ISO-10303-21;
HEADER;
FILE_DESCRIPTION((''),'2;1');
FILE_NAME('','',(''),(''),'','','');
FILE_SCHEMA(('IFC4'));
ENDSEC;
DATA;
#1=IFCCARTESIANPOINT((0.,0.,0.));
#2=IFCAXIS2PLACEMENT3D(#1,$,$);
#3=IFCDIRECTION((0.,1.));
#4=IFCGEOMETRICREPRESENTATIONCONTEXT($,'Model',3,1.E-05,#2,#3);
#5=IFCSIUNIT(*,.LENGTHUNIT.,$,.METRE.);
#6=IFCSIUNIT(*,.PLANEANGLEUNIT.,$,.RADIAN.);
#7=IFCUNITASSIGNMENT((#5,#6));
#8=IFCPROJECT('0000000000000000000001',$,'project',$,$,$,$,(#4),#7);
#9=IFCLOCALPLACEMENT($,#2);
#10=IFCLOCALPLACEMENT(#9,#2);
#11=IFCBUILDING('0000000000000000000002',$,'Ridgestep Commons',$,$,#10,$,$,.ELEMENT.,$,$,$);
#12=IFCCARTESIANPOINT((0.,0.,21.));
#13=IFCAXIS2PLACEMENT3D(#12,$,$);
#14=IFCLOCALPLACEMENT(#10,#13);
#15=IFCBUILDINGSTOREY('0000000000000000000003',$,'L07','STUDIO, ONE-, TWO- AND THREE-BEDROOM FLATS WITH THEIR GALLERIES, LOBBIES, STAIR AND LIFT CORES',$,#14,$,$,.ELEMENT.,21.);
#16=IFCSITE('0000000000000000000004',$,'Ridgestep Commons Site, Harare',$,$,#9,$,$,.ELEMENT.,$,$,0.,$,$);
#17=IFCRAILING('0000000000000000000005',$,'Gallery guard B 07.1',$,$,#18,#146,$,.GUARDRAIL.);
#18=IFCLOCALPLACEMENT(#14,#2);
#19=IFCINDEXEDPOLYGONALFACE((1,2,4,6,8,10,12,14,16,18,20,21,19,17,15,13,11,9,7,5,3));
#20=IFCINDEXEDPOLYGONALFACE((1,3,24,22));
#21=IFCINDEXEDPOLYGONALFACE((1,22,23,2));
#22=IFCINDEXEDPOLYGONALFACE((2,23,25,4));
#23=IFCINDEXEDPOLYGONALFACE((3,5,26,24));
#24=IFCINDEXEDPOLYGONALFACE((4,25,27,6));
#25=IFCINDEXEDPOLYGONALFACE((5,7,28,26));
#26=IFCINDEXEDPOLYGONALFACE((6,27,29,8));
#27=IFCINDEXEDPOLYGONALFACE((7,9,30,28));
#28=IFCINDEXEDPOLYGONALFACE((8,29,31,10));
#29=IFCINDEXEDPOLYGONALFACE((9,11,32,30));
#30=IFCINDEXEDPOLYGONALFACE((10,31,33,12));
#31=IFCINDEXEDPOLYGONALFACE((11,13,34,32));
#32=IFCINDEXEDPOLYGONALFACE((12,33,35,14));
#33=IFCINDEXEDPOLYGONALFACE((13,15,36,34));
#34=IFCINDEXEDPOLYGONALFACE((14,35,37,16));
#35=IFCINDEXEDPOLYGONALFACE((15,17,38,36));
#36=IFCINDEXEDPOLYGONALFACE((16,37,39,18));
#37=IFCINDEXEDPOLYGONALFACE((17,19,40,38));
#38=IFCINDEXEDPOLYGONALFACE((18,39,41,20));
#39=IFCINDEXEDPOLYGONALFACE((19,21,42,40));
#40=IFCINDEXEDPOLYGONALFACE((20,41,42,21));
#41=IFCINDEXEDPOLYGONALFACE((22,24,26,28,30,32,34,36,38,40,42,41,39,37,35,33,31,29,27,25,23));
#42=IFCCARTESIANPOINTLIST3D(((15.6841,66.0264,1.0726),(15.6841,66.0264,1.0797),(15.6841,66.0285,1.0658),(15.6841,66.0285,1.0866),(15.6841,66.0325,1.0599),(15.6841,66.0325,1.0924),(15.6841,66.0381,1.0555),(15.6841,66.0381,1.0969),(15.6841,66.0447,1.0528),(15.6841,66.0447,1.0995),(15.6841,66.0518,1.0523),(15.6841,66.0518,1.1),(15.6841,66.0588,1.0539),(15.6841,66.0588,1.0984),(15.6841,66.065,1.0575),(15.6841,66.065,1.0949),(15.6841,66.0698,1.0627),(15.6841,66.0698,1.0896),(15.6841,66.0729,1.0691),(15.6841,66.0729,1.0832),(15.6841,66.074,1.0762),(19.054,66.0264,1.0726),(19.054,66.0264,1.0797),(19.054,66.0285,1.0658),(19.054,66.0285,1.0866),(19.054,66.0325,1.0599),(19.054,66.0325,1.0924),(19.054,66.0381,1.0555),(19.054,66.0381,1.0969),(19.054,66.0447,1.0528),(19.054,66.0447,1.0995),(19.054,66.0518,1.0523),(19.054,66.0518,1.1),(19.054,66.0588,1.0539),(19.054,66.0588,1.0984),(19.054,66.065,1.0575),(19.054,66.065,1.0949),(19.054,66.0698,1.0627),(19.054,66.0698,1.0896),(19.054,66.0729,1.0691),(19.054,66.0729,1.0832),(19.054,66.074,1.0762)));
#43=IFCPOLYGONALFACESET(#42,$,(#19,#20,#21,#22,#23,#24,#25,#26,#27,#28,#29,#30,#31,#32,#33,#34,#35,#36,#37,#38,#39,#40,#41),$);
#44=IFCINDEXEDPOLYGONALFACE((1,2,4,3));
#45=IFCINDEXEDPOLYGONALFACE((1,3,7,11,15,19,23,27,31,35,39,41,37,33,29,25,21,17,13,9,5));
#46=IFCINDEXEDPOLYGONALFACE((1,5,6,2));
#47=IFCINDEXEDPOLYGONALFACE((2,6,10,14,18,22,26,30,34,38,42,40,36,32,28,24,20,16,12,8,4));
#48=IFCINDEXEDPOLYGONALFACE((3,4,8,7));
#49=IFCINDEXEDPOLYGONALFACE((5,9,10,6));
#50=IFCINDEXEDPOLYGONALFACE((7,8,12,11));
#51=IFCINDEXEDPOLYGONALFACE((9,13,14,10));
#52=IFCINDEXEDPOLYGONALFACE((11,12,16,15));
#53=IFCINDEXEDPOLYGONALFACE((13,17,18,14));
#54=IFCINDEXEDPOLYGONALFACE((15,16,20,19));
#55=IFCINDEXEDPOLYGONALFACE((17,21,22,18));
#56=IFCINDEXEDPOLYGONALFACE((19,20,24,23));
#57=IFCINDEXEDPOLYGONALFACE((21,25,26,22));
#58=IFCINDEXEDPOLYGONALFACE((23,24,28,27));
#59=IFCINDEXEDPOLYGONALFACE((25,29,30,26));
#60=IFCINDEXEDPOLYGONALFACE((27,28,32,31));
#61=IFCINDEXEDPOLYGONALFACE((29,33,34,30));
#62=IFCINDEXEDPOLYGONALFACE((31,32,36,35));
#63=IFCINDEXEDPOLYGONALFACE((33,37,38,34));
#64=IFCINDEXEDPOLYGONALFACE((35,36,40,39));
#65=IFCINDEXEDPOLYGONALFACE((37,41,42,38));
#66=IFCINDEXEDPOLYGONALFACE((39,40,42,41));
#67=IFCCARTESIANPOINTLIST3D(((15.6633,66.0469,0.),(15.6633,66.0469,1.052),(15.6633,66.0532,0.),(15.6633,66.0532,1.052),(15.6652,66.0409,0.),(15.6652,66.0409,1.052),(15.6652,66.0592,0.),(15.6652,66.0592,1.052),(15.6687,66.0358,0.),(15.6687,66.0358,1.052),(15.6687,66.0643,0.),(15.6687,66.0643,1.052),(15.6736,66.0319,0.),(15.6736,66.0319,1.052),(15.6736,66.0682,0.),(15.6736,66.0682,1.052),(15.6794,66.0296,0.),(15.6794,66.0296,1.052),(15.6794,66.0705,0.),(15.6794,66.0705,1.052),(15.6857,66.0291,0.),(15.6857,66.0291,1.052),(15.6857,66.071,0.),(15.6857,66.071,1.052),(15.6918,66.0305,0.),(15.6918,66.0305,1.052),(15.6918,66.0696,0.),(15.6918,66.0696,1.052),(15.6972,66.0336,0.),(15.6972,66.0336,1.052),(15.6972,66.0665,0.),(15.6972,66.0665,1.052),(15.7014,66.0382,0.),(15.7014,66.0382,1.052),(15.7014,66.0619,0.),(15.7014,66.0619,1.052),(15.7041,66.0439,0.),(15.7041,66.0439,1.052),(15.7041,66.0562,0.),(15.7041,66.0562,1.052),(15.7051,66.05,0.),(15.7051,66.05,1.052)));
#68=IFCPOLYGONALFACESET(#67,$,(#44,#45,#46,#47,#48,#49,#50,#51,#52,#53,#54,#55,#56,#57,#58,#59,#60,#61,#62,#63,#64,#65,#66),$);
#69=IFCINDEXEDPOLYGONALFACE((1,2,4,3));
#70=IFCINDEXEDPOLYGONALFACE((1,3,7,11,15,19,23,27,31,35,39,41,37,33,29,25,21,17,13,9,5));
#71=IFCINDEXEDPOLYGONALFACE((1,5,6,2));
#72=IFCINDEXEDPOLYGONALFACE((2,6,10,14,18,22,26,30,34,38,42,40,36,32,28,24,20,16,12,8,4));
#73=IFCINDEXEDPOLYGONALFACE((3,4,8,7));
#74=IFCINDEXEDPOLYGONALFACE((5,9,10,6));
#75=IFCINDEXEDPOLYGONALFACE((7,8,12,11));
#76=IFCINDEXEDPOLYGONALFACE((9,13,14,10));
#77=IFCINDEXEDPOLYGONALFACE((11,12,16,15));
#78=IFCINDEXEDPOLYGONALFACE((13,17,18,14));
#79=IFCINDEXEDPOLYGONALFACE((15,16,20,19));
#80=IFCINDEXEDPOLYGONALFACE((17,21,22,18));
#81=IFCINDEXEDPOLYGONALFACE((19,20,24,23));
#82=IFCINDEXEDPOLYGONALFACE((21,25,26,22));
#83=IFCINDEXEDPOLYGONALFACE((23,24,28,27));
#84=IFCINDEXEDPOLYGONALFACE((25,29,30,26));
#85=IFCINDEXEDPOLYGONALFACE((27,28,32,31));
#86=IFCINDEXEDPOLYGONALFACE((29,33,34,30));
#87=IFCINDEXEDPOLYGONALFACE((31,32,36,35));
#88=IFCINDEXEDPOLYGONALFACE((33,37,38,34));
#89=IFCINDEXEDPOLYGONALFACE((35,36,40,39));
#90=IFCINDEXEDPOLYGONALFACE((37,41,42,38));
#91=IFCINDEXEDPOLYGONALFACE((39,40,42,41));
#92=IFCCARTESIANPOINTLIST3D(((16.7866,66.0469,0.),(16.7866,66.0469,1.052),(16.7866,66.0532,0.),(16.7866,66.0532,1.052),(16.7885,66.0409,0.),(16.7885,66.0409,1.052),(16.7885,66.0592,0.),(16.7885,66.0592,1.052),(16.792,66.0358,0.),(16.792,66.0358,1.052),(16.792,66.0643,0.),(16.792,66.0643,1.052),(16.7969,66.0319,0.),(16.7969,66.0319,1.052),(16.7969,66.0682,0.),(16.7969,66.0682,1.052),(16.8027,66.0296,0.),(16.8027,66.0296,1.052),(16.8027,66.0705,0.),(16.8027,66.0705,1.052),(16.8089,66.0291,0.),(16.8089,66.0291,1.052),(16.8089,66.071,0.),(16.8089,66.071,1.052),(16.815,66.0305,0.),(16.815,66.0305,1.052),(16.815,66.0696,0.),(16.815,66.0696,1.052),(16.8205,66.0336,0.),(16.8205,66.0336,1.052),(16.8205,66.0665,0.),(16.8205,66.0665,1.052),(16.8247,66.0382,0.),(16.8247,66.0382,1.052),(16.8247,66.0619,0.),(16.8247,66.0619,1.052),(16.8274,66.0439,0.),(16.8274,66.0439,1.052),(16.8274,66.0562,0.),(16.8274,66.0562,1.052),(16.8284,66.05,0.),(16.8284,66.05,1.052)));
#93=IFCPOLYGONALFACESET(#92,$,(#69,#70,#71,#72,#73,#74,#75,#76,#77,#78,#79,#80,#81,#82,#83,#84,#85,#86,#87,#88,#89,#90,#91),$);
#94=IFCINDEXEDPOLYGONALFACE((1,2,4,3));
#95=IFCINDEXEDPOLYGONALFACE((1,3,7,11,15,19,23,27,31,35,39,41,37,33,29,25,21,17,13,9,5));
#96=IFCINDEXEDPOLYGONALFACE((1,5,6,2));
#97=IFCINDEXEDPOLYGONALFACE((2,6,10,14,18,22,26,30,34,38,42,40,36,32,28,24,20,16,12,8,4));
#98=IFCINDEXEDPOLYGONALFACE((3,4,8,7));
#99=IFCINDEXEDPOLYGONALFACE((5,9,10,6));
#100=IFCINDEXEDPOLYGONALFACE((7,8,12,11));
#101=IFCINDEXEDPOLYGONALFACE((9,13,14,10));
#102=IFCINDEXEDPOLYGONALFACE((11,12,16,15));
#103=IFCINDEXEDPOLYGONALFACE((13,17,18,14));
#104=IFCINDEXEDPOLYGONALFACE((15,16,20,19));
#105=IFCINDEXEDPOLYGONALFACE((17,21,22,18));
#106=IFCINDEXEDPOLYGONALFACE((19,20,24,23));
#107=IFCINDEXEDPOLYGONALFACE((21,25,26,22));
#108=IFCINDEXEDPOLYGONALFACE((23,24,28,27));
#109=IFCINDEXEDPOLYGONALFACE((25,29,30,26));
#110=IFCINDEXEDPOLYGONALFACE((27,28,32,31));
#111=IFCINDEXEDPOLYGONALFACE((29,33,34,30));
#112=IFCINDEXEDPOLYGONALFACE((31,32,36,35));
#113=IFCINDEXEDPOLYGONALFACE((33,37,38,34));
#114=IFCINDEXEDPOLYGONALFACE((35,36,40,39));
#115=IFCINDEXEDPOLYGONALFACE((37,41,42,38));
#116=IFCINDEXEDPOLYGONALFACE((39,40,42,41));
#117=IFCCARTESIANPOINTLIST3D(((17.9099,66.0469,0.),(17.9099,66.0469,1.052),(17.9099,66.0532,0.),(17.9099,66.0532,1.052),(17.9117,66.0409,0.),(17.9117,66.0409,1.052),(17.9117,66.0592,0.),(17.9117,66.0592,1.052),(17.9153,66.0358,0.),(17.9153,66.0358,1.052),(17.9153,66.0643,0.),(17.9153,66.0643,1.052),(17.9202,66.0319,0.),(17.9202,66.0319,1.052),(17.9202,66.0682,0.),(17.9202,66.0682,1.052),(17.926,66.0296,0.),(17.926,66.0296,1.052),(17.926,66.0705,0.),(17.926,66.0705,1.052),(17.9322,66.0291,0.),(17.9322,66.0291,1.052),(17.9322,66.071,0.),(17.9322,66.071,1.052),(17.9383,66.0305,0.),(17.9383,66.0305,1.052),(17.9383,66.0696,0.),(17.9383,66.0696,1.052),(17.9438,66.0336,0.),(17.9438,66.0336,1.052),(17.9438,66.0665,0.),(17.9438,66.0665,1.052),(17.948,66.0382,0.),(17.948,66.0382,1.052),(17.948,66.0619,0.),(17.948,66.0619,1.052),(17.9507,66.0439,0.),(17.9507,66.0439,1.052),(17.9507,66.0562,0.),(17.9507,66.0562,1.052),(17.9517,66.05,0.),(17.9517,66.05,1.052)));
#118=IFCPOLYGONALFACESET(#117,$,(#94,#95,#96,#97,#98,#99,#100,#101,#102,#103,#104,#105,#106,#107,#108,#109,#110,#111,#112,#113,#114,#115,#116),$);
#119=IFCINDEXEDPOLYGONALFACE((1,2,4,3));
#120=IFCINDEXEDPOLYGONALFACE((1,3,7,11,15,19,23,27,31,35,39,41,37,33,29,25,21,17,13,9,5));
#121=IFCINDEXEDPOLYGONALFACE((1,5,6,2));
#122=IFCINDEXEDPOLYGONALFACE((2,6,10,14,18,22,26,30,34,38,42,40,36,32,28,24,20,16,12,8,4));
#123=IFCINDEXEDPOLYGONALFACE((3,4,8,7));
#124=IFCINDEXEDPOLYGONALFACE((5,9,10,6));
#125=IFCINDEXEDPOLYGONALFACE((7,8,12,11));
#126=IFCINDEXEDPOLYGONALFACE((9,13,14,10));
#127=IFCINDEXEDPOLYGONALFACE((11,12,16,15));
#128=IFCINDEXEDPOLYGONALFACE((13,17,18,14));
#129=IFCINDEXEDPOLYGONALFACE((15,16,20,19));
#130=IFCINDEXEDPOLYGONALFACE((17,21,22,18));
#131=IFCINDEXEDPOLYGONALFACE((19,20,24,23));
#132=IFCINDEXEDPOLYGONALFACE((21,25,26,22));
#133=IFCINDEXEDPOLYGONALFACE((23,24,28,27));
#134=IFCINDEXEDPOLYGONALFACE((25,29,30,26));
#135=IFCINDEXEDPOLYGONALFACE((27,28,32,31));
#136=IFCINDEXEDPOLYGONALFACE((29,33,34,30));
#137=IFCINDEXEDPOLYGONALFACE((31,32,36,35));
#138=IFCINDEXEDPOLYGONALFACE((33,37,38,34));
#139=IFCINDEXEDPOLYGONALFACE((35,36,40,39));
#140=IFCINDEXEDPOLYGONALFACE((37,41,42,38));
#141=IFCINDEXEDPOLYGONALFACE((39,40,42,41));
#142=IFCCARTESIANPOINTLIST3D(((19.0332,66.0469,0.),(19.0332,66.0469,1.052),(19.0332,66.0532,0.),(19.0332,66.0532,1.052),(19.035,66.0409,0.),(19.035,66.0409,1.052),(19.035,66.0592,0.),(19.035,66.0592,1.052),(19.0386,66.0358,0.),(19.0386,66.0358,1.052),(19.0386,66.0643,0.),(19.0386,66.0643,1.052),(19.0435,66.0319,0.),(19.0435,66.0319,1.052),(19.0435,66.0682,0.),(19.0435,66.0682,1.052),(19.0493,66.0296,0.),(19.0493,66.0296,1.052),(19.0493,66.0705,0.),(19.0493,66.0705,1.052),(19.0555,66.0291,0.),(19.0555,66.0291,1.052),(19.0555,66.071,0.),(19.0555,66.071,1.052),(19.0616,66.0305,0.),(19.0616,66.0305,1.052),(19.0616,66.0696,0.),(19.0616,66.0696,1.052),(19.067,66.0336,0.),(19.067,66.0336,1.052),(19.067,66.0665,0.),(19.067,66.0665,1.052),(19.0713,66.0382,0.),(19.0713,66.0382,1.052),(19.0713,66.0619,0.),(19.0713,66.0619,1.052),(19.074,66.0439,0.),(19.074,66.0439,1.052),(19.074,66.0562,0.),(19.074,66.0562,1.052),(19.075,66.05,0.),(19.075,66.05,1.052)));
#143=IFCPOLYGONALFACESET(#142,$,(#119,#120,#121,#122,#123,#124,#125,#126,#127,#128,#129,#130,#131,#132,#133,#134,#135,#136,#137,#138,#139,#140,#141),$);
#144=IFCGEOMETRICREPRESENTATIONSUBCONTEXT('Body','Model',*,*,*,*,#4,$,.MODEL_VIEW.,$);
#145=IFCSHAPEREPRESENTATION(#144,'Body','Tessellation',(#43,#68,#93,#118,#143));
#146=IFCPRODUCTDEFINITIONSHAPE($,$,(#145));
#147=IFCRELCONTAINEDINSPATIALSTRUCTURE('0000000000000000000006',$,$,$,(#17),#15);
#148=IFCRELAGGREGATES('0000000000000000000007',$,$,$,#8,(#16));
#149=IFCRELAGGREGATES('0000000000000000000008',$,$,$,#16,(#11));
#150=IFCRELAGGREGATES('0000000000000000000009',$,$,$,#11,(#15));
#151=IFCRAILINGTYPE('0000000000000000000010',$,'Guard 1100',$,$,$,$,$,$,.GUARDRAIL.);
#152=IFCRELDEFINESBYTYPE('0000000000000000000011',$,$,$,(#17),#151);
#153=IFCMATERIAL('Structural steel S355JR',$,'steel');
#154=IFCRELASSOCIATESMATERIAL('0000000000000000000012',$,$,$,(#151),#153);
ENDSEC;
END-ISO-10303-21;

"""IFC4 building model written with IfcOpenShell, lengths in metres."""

from ifc_helpers import new_model, si_unit, direction, frame, origin, origin_2d, place, context, subcontext, project, spatial, circle, extrude, material, type_object, element, save


model = new_model("IFC4")

# Units and contexts
model_context = context("Model", 3, precision=1e-05, world=origin(), true_north=direction((0.0, 1.0)))
body_context = subcontext(model_context, "Body", "Model", "MODEL_VIEW")
ifc_project = project(units=[si_unit("LENGTHUNIT", "METRE"), si_unit("PLANEANGLEUNIT", "RADIAN")], contexts=[model_context])

# Site, building, storey
site_placement = place(None, origin())
site = spatial("IfcSite", under=ifc_project, at=site_placement, Name="Ridgestep Commons Site, Harare", CompositionType="ELEMENT", RefElevation=0.0)
building_placement = place(site_placement, origin())
building = spatial("IfcBuilding", under=site, at=building_placement, Name="Ridgestep Commons", CompositionType="ELEMENT")
storey_placement = place(building_placement, frame((0.0, 0.0, 21.0)))
storey = spatial("IfcBuildingStorey", under=building, at=storey_placement, Name="L07", Description="STUDIO, ONE-, TWO- AND THREE-BEDROOM FLATS WITH THEIR GALLERIES, LOBBIES, STAIR AND LIFT CORES", CompositionType="ELEMENT", Elevation=21.0)

# Railing
ifc_material_1 = material(Name="Structural steel S355JR", Category="steel")
railing_type_1 = type_object("IfcRailingType", Name="Guard 1100", PredefinedType="GUARDRAIL", material=ifc_material_1)
railing_1_placement = place(storey_placement, frame((15.6841, 66.05, 0.0)))
element("IfcRailing", 1, at=railing_1_placement, inside=storey, type_object=railing_type_1, Name="Gallery guard B 07.1", PredefinedType="GUARDRAIL", context=body_context, shape_type="SweptSolid", body=[
    extrude(circle(Radius=0.0239, at=origin_2d()), frame((0.0, 0.0, 1.0762), z_axis=(1.0, 0.0, 0.0), x_axis=(0.0, 1.0, 0.0)), (0.0, 0.0, 1.0), 3.3699),
    extrude(circle(Radius=0.021, at=origin_2d()), origin(), (0.0, 0.0, 1.0), 1.052),
    extrude(circle(Radius=0.021, at=origin_2d()), frame((1.1233, 0.0, 0.0)), (0.0, 0.0, 1.0), 1.052),
    extrude(circle(Radius=0.021, at=origin_2d()), frame((2.2466, 0.0, 0.0)), (0.0, 0.0, 1.0), 1.052),
    extrude(circle(Radius=0.021, at=origin_2d()), frame((3.3699, 0.0, 0.0)), (0.0, 0.0, 1.0), 1.052),
])

save(model, "model.ifc")
